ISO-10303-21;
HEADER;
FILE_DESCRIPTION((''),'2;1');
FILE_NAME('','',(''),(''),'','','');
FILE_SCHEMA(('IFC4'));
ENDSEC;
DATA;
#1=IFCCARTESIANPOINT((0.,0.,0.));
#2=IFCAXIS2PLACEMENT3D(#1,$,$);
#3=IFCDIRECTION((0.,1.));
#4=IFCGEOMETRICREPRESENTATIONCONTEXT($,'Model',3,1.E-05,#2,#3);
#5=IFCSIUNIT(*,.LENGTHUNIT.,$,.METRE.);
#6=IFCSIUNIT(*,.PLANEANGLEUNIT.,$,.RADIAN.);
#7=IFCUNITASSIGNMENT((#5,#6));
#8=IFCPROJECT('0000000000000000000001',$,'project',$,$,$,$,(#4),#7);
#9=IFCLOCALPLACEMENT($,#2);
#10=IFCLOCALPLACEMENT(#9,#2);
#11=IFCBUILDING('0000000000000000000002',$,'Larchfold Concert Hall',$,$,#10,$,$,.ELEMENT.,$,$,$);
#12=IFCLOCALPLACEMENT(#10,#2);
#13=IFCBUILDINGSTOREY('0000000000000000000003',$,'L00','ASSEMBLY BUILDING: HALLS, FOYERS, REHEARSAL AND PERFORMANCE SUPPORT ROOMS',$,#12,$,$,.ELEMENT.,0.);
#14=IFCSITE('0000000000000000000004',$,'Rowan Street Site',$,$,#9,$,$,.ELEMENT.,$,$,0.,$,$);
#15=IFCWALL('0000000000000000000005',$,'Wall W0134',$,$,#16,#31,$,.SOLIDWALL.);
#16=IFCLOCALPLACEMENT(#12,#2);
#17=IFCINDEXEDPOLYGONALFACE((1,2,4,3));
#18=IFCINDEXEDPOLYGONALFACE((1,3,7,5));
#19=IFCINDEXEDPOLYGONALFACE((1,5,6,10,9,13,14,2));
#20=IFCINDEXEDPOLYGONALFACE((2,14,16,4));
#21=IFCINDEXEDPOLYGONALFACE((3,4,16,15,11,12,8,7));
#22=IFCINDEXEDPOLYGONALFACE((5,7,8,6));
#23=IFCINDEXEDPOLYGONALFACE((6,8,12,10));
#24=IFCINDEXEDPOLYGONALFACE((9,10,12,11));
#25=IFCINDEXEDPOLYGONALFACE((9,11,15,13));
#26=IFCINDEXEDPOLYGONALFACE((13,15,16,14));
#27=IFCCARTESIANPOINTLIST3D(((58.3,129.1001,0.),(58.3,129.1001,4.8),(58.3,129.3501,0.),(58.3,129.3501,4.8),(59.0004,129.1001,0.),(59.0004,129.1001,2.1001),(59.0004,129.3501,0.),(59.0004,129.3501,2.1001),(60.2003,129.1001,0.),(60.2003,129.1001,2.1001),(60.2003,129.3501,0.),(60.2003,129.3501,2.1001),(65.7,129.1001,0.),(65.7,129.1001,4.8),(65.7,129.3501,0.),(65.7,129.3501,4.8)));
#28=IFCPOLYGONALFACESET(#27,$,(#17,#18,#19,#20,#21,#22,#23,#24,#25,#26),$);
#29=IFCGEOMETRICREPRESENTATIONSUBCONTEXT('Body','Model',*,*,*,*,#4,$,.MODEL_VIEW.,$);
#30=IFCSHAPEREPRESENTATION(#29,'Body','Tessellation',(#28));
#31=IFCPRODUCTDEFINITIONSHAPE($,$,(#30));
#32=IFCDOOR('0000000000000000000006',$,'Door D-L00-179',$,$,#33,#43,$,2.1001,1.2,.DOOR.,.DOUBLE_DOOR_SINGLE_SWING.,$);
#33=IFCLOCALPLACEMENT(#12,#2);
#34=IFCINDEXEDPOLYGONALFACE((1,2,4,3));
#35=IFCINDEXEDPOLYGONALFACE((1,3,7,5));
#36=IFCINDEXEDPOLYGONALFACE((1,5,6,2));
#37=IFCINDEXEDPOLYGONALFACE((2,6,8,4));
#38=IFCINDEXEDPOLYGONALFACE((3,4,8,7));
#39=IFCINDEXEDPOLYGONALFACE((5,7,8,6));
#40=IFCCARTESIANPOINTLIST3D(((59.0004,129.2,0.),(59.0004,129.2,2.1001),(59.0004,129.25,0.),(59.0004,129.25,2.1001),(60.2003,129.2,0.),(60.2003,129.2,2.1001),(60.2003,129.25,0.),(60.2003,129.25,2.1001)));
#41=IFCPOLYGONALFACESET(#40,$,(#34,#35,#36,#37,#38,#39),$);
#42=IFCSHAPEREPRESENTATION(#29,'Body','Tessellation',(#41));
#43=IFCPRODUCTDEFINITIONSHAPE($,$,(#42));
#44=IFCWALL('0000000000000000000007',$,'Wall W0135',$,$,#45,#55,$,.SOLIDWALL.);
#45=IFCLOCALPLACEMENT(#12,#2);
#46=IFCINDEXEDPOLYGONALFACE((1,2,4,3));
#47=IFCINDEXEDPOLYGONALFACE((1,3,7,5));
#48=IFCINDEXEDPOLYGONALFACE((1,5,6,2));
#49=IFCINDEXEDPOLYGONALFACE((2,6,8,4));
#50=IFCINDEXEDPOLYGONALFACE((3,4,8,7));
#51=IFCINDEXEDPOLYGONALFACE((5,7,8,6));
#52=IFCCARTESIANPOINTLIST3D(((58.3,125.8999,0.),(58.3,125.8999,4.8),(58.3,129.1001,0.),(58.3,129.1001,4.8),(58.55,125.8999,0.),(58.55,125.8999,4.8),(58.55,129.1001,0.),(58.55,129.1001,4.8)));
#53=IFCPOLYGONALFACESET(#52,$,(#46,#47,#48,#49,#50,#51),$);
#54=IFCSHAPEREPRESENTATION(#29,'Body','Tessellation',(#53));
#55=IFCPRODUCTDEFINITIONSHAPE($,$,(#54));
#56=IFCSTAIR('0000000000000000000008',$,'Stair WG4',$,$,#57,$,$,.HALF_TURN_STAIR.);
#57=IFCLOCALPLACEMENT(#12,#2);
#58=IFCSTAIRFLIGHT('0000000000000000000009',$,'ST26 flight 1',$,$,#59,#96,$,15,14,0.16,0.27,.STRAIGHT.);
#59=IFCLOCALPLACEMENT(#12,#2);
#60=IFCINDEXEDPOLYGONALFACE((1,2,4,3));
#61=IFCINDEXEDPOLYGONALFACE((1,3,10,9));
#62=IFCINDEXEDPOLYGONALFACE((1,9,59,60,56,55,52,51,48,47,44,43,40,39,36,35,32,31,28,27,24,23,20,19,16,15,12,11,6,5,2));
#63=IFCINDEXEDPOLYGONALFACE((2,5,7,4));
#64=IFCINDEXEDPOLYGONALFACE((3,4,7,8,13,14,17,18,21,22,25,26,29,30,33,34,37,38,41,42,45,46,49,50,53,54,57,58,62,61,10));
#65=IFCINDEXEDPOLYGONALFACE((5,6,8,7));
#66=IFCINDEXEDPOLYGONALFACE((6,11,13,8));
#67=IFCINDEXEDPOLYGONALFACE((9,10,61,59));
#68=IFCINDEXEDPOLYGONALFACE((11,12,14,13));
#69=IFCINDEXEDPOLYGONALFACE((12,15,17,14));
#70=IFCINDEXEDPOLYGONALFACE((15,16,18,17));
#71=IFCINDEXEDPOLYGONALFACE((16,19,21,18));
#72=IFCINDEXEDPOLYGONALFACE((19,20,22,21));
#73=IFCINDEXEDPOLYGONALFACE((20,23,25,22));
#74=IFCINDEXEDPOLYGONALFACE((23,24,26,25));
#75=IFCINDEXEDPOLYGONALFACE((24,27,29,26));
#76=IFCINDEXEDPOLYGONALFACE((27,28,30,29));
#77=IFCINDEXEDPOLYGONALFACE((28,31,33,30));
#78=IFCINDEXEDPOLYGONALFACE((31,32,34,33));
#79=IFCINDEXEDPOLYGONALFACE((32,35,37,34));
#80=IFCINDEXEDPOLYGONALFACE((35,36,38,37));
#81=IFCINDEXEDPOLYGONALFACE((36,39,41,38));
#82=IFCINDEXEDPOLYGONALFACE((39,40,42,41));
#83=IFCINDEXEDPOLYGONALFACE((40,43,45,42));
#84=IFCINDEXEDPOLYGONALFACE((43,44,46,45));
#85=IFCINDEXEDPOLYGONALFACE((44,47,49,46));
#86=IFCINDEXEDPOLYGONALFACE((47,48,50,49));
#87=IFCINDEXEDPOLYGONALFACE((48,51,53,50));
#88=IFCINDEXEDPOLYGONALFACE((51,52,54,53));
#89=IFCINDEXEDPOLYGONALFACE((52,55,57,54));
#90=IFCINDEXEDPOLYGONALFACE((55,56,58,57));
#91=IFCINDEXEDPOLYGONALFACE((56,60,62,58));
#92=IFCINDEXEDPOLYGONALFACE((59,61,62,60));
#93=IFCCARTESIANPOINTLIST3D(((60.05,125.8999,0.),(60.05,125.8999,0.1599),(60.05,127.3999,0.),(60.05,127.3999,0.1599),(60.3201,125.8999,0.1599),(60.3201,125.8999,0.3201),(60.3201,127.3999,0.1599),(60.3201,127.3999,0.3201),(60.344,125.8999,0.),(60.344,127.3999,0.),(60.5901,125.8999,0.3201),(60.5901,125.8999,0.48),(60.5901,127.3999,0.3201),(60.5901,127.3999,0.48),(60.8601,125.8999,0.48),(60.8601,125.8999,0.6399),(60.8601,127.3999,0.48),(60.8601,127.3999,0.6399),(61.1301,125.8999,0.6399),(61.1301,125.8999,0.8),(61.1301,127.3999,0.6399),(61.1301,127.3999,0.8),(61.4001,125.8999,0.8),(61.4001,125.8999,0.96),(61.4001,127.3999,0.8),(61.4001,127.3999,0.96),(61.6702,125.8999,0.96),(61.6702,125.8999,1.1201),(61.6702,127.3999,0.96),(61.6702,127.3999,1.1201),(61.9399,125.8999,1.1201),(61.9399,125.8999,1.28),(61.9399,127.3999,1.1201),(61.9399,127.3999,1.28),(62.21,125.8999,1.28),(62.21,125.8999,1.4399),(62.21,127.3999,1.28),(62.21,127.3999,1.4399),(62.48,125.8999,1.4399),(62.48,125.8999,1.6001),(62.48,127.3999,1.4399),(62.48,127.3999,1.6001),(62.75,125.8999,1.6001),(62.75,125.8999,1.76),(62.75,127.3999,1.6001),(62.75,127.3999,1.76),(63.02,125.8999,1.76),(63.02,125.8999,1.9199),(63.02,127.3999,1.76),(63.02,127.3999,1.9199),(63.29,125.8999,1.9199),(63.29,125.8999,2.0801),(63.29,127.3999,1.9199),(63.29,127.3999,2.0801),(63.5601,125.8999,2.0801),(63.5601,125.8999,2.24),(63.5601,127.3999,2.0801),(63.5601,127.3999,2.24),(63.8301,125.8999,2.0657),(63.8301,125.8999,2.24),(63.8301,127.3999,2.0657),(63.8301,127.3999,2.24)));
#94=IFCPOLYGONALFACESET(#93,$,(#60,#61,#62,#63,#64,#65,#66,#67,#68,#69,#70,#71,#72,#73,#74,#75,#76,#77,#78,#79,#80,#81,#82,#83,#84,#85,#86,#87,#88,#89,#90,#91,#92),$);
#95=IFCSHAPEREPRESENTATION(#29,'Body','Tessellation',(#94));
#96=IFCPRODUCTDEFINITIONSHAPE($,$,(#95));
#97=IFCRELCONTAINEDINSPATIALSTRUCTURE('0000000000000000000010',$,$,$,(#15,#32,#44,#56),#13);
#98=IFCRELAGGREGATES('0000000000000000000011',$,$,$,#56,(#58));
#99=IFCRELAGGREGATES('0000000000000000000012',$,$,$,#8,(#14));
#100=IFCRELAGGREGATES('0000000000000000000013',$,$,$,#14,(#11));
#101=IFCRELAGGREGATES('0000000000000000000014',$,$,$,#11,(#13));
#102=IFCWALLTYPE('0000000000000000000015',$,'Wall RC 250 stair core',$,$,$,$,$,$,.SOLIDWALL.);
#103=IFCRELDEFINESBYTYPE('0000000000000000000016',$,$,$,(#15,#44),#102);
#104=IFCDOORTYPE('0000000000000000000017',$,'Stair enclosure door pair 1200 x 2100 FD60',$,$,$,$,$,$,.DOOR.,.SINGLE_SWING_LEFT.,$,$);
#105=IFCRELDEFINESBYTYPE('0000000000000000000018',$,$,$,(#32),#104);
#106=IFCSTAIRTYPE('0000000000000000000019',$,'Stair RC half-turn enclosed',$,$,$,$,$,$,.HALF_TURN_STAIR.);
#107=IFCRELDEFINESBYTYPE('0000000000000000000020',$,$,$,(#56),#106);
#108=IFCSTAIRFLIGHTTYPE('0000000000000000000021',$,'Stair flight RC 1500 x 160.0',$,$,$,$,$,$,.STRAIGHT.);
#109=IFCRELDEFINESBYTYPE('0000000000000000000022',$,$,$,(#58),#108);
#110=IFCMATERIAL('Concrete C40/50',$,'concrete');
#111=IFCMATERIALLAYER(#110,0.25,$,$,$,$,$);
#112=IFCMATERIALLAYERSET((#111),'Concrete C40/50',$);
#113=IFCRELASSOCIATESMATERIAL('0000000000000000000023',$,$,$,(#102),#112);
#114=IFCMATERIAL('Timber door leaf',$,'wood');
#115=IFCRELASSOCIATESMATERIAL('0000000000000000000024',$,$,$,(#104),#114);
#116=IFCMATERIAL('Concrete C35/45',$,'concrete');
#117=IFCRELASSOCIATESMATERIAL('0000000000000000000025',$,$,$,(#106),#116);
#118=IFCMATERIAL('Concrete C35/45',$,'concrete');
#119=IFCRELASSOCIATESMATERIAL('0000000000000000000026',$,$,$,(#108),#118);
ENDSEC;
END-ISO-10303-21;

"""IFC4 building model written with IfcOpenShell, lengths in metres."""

from ifc_helpers import new_model, si_unit, direction, frame, frame_2d, origin, place, context, subcontext, project, spatial, polyline, rectangle, outline, extrude, material, layer, layer_set, type_object, element, fill, aggregate, save


model = new_model("IFC4")

# Units and contexts
model_context = context("Model", 3, precision=1e-05, world=origin(), true_north=direction((0.0, 1.0)))
body_context = subcontext(model_context, "Body", "Model", "MODEL_VIEW")
ifc_project = project(units=[si_unit("LENGTHUNIT", "METRE"), si_unit("PLANEANGLEUNIT", "RADIAN")], contexts=[model_context])

# Site, building, storey
site_placement = place(None, origin())
site = spatial("IfcSite", under=ifc_project, at=site_placement, Name="Rowan Street Site", CompositionType="ELEMENT", RefElevation=0.0)
building_placement = place(site_placement, origin())
building = spatial("IfcBuilding", under=site, at=building_placement, Name="Larchfold Concert Hall", CompositionType="ELEMENT")
storey_placement = place(building_placement, origin())
storey = spatial("IfcBuildingStorey", under=building, at=storey_placement, Name="L00", Description="ASSEMBLY BUILDING: HALLS, FOYERS, REHEARSAL AND PERFORMANCE SUPPORT ROOMS", CompositionType="ELEMENT", Elevation=0.0)

# Shared definitions
ifc_material_1 = material(Name="Concrete C40/50", Category="concrete")
ifc_layer_1 = layer(ifc_material_1, 0.25)
ifc_layer_set_1 = layer_set([ifc_layer_1], Name="Concrete C40/50")
wall_type_1 = type_object("IfcWallType", Name="Wall RC 250 stair core", PredefinedType="SOLIDWALL", material=ifc_layer_set_1)

# Wall, opening, door
wall_1_placement = place(storey_placement, frame((58.3, 129.2251, 0.0), z_axis=(0.0, 0.0, 1.0), x_axis=(1.0, 0.0, 0.0)))
wall_1 = element("IfcWall", 1, at=wall_1_placement, inside=storey, type_object=wall_type_1, Name="Wall W0134", PredefinedType="SOLIDWALL", context=body_context, shape_type="SweptSolid", body=[
    extrude(rectangle(XDim=7.3999, YDim=0.25, at=frame_2d((3.7, 0.0))), origin(), (0.0, 0.0, 1.0), 4.8),
])
opening_1_placement = place(wall_1_placement, frame((0.7002, 0.0, 0.0)))
opening_1 = element("IfcOpeningElement", 2, at=opening_1_placement, cuts=wall_1, PredefinedType="OPENING", context=body_context, shape_type="SweptSolid", body=[
    extrude(rectangle(XDim=1.2, YDim=2.1001, at=frame_2d((0.6001, 1.05))), frame((0.0, 0.135, 0.0), z_axis=(0.0, -1.0, 0.0), x_axis=(1.0, 0.0, 0.0)), (0.0, 0.0, 1.0), 0.27),
])
ifc_material_2 = material(Name="Timber door leaf", Category="wood")
door_type_1 = type_object("IfcDoorType", Name="Stair enclosure door pair 1200 x 2100 FD60", OperationType="SINGLE_SWING_LEFT", PredefinedType="DOOR", material=ifc_material_2)
door_1_placement = place(opening_1_placement, origin())
door_1 = element("IfcDoor", 3, at=door_1_placement, inside=storey, type_object=door_type_1, Name="Door D-L00-179", OperationType="DOUBLE_DOOR_SINGLE_SWING", OverallHeight=2.1001, OverallWidth=1.2, PredefinedType="DOOR", context=body_context, shape_type="SweptSolid", body=[
    extrude(rectangle(XDim=1.2, YDim=2.1001, at=frame_2d((0.6001, 1.05))), frame((0.0, 0.0249, 0.0), z_axis=(0.0, -1.0, 0.0), x_axis=(1.0, 0.0, 0.0)), (0.0, 0.0, 1.0), 0.05),
])
fill(opening_1, door_1)

# Wall
wall_2_placement = place(storey_placement, frame((58.425, 125.8999, 0.0), z_axis=(0.0, 0.0, 1.0), x_axis=(0.0, 1.0, 0.0)))
element("IfcWall", 4, at=wall_2_placement, inside=storey, type_object=wall_type_1, Name="Wall W0135", PredefinedType="SOLIDWALL", context=body_context, shape_type="SweptSolid", body=[
    extrude(rectangle(XDim=3.2002, YDim=0.25, at=frame_2d((1.6001, 0.0))), origin(), (0.0, 0.0, 1.0), 4.8),
])

# Stair, stair flight
ifc_material_3 = material(Name="Concrete C35/45", Category="concrete")
stair_type = type_object("IfcStairType", Name="Stair RC half-turn enclosed", PredefinedType="HALF_TURN_STAIR", material=ifc_material_3)
stair_placement = place(storey_placement, origin())
stair = element("IfcStair", 5, at=stair_placement, inside=storey, type_object=stair_type, Name="Stair WG4", PredefinedType="HALF_TURN_STAIR")
ifc_material_4 = material(Name="Concrete C35/45", Category="concrete")
stair_flight_type = type_object("IfcStairFlightType", Name="Stair flight RC 1500 x 160.0", PredefinedType="STRAIGHT", material=ifc_material_4)
stair_flight_placement = place(storey_placement, frame((60.05, 126.6499, 0.0), z_axis=(0.0, 0.0, 1.0), x_axis=(1.0, 0.0, 0.0)))
stair_flight = element("IfcStairFlight", 6, at=stair_flight_placement, type_object=stair_flight_type, Name="ST26 flight 1", NumberOfRisers=15, NumberOfTreads=14, PredefinedType="STRAIGHT", RiserHeight=0.16, TreadLength=0.27, context=body_context, shape_type="SweptSolid", body=[
    extrude(outline(polyline([(0.0, 0.0), (0.0, 0.1599), (0.27, 0.1599), (0.27, 0.3201), (0.54, 0.3201), (0.54, 0.48), (0.8101, 0.48), (0.8101, 0.6399), (1.0801, 0.6399), (1.0801, 0.8), (1.3501, 0.8), (1.3501, 0.96), (1.6201, 0.96), (1.6201, 1.1201), (1.8899, 1.1201), (1.8899, 1.28), (2.1599, 1.28), (2.1599, 1.4399), (2.4299, 1.4399), (2.4299, 1.6001), (2.7, 1.6001), (2.7, 1.76), (2.97, 1.76), (2.97, 1.9199), (3.24, 1.9199), (3.24, 2.0801), (3.51, 2.0801), (3.51, 2.24), (3.78, 2.24), (3.78, 2.3999), (3.78, 2.0657), (0.2939, 0.0), (0.0, 0.0)])), frame((0.0, 0.75, 0.0), z_axis=(0.0, -1.0, 0.0), x_axis=(1.0, 0.0, 0.0)), (0.0, 0.0, 1.0), 1.5),
])
aggregate(stair, [stair_flight])

save(model, "model.ifc")
